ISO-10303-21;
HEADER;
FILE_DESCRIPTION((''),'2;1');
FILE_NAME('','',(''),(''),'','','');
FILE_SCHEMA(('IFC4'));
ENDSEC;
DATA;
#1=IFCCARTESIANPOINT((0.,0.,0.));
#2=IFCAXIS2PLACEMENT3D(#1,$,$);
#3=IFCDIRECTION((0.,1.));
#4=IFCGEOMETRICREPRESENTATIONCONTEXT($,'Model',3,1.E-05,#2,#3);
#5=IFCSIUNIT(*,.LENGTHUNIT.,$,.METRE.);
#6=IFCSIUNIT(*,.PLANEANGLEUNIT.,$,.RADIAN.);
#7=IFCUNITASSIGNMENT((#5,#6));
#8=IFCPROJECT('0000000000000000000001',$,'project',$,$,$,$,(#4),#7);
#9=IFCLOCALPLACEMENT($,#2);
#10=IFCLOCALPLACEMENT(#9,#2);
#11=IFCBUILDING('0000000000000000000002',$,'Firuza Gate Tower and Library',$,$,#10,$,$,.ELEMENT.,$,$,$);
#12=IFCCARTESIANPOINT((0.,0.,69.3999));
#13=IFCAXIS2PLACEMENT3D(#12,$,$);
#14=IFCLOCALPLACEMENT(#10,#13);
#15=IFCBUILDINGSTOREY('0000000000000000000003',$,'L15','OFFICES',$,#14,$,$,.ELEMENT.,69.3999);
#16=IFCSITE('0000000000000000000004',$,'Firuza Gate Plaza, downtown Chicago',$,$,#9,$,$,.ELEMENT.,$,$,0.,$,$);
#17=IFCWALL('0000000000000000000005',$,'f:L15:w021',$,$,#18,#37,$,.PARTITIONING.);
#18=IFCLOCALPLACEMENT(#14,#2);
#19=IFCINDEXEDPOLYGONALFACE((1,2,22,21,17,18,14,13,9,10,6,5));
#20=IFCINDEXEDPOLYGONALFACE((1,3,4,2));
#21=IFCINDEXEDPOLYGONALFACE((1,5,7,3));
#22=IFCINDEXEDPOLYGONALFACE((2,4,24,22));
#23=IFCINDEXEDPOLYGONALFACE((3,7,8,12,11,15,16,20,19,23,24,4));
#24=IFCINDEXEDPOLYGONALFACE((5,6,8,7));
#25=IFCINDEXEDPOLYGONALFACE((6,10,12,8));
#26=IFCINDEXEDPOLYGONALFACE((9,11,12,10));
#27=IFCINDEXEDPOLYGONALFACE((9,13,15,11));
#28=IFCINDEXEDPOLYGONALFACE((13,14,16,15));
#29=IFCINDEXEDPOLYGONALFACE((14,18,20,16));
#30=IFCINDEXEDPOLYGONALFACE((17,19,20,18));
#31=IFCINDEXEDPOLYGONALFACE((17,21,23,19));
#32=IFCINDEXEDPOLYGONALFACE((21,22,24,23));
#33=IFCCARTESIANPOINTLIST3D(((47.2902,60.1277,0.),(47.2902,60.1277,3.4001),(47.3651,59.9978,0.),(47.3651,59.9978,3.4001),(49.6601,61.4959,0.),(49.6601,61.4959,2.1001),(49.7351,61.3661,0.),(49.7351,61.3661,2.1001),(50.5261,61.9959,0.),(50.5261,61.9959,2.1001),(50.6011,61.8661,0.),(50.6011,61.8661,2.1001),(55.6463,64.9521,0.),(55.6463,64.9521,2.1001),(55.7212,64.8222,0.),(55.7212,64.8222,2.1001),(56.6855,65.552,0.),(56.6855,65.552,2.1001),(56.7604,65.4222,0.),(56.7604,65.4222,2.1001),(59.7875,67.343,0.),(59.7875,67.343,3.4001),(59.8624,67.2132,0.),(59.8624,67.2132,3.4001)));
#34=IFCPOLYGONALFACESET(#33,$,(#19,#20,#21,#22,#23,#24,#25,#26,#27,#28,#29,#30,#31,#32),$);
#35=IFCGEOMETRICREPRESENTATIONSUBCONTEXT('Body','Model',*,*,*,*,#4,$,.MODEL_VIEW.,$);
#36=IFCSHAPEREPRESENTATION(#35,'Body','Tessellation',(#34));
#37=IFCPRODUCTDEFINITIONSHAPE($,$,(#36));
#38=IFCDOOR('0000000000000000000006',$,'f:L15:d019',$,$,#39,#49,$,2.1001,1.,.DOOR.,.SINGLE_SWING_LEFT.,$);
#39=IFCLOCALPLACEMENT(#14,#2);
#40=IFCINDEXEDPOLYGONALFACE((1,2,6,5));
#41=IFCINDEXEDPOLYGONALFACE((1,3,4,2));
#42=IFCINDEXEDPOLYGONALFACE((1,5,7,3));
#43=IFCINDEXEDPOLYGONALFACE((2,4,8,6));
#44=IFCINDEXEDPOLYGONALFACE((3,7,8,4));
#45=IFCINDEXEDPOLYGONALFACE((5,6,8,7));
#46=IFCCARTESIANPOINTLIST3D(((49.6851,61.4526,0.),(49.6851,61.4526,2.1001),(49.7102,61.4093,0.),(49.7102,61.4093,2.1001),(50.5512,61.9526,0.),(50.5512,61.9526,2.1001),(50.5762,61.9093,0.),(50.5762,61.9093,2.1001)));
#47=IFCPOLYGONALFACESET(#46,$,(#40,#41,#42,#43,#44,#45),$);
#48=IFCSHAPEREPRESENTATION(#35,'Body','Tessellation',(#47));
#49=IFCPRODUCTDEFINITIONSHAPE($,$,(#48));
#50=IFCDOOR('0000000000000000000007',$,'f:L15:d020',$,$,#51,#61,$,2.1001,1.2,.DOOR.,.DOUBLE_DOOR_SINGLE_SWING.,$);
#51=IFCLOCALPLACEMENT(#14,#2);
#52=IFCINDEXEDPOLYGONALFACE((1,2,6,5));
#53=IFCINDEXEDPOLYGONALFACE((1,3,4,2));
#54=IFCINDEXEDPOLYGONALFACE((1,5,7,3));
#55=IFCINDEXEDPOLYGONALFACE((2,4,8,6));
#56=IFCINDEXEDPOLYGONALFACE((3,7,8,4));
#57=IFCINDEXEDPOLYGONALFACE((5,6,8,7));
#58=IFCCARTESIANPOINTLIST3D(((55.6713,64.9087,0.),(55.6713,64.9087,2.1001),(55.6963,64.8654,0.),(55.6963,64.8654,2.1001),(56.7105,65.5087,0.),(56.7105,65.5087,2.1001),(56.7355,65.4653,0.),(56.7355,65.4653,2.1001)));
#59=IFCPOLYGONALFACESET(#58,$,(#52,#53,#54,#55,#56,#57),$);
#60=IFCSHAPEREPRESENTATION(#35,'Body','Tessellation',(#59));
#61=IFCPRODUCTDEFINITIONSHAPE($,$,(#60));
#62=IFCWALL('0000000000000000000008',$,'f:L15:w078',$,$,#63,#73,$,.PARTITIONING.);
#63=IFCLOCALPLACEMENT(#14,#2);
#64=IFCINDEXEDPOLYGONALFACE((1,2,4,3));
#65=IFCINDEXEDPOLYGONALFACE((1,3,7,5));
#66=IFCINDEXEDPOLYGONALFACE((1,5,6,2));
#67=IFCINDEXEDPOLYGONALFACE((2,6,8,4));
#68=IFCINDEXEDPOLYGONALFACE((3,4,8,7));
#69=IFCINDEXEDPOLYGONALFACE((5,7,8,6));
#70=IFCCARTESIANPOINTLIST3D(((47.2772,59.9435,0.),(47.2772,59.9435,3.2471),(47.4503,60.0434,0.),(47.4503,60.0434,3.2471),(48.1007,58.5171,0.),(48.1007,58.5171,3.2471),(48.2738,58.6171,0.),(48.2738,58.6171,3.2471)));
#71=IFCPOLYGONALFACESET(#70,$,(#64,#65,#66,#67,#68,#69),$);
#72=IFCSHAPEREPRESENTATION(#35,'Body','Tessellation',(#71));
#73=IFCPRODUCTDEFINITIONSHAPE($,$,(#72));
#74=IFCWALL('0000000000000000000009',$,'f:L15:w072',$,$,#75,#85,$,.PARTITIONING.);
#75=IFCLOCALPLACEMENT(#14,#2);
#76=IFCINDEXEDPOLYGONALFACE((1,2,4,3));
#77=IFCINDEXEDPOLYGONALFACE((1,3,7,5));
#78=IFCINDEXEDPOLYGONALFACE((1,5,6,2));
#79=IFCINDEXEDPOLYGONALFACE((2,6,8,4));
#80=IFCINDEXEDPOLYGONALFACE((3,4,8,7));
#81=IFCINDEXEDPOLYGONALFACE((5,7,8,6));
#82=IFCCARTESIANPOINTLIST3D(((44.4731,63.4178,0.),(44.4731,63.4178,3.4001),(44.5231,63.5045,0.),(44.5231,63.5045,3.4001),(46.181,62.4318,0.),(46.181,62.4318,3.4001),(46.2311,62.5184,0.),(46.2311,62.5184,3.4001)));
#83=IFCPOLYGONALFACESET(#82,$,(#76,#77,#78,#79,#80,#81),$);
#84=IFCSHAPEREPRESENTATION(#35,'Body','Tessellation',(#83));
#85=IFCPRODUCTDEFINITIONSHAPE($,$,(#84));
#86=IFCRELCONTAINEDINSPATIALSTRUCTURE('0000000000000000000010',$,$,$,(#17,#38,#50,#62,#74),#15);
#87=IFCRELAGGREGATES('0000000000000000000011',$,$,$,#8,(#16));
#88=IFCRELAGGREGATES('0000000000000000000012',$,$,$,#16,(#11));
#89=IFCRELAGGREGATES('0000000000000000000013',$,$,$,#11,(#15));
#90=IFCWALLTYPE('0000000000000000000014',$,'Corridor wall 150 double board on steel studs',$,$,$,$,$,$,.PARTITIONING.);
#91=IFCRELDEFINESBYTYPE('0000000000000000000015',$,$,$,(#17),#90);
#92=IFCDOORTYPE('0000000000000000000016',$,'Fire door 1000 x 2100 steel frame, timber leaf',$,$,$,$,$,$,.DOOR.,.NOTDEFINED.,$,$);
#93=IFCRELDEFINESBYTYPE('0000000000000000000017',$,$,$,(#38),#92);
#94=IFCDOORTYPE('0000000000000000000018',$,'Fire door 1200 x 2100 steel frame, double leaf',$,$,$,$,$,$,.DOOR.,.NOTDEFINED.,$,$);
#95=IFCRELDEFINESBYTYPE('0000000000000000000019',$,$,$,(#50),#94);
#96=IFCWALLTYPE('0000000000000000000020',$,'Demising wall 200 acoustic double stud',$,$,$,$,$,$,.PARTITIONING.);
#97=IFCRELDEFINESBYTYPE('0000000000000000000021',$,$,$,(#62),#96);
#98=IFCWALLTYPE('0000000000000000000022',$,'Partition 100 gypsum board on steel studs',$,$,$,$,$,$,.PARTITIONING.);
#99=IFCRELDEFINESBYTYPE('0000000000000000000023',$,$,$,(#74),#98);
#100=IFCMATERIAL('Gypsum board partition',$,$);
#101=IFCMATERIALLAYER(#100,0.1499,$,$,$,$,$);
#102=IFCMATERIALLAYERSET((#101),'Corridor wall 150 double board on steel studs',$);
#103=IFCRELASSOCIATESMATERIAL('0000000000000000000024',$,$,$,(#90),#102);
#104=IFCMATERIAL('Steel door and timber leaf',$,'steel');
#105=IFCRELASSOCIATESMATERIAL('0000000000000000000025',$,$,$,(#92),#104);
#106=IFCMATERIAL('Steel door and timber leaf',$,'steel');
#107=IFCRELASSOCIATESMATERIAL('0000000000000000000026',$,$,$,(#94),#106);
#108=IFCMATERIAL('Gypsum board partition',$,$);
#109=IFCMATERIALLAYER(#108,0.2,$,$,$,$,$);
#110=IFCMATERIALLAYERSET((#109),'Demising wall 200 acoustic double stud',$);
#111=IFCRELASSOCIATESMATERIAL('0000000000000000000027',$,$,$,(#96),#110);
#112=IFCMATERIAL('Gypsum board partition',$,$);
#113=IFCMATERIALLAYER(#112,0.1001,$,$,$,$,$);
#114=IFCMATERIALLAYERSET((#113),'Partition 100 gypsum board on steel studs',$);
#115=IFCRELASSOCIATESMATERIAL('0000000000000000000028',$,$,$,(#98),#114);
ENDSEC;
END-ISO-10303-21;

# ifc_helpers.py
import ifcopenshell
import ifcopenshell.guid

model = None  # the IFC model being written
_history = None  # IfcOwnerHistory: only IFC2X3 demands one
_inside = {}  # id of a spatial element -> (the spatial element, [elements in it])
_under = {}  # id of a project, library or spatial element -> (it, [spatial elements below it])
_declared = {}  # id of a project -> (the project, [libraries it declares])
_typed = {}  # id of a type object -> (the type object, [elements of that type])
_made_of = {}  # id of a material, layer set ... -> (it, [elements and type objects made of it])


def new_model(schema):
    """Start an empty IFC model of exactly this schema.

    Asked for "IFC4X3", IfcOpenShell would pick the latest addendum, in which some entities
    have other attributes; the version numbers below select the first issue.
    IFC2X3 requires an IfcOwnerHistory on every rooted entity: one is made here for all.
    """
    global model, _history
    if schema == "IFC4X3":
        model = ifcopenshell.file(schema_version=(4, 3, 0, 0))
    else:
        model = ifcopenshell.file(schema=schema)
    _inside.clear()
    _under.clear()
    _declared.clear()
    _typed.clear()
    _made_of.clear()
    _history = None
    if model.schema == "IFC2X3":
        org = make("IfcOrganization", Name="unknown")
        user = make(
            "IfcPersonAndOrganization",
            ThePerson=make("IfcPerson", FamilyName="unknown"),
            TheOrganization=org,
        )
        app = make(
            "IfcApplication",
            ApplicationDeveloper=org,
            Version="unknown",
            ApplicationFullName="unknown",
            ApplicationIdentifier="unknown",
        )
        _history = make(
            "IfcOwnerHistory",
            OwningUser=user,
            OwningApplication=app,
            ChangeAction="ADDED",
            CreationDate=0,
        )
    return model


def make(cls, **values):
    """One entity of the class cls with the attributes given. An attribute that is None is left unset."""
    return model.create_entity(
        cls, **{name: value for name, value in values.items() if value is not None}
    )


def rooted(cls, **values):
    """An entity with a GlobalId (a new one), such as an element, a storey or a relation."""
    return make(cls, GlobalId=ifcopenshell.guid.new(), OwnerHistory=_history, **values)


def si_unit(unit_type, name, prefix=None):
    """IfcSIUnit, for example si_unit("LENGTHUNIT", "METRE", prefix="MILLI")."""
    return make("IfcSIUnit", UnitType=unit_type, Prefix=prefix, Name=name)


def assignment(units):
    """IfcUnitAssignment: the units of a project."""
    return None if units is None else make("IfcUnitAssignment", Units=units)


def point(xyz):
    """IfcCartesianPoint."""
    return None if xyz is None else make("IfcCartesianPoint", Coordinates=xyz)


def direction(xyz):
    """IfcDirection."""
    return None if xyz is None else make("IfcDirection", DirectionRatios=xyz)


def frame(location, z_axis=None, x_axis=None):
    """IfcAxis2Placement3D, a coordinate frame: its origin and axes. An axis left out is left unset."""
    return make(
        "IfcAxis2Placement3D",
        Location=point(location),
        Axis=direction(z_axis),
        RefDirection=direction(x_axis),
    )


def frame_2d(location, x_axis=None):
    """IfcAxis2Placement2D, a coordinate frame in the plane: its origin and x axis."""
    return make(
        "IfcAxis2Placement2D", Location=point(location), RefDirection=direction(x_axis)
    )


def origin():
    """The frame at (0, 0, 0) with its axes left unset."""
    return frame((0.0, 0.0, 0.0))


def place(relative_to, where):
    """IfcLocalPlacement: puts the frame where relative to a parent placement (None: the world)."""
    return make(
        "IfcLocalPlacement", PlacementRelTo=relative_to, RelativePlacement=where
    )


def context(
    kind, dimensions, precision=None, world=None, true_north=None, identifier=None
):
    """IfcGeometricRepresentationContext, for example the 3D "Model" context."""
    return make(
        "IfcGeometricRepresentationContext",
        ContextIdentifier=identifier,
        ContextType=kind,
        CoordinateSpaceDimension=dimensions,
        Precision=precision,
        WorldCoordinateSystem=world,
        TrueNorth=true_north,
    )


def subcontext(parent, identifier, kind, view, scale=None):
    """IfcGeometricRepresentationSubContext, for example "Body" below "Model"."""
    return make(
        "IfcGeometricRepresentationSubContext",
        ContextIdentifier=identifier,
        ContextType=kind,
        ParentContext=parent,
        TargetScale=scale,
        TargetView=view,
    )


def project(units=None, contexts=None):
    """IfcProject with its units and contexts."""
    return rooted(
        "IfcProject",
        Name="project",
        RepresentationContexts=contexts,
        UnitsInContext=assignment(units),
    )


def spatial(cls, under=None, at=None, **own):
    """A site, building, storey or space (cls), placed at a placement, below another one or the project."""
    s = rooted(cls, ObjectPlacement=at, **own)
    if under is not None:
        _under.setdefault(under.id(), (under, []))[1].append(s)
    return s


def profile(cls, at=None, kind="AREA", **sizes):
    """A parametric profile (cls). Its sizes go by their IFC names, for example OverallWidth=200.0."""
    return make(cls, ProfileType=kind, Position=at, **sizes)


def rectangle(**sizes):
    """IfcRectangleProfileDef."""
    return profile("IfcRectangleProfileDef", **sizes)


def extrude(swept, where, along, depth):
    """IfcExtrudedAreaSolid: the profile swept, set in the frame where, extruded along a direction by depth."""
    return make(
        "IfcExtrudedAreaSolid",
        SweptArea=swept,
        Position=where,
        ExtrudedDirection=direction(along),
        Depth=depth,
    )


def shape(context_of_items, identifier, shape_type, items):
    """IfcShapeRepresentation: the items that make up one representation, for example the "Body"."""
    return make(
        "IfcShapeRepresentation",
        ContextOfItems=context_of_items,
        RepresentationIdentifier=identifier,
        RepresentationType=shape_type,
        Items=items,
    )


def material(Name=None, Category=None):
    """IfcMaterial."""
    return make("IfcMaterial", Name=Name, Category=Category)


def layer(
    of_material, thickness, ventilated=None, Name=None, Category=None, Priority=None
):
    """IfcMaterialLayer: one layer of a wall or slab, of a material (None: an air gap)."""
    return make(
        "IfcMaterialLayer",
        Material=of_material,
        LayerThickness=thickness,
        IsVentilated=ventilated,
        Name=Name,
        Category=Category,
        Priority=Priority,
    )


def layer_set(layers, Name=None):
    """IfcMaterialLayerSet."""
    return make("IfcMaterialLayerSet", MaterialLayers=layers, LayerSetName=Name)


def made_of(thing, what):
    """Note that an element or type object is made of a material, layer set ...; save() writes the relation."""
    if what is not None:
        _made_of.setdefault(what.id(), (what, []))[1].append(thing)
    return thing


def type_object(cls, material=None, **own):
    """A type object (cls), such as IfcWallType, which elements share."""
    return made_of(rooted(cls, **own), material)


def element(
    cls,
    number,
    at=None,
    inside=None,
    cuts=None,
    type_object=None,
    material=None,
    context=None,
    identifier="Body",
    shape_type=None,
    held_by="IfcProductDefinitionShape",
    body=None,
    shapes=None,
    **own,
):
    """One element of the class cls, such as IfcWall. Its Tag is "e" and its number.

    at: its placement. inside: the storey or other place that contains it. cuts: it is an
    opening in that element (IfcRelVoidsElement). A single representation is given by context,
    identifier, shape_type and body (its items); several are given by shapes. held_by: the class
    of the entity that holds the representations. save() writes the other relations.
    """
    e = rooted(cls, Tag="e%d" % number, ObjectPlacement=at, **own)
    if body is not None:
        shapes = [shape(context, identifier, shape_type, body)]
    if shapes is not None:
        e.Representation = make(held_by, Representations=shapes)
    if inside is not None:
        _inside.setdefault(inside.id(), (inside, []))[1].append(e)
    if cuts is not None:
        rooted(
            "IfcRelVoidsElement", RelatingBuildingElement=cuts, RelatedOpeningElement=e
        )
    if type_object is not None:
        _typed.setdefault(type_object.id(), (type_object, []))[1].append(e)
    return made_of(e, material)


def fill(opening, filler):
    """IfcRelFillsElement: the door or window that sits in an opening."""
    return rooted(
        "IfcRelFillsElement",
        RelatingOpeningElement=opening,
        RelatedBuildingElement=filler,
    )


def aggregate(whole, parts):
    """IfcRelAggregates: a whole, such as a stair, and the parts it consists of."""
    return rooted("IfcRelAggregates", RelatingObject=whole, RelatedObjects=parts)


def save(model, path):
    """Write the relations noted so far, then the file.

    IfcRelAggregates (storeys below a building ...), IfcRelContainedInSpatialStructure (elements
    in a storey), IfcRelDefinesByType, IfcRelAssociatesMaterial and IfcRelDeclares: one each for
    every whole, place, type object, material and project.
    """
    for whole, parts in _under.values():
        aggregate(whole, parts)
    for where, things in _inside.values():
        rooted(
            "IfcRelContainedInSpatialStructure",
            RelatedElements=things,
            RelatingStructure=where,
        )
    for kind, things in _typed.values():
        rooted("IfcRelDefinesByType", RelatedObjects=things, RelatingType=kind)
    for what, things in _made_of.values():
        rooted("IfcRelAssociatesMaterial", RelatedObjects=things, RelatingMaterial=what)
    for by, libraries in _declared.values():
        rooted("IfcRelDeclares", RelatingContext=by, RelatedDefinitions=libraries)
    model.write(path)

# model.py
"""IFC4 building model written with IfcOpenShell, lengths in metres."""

from ifc_helpers import new_model, si_unit, direction, frame, frame_2d, origin, place, context, subcontext, project, spatial, rectangle, extrude, material, layer, layer_set, type_object, element, fill, save


model = new_model("IFC4")

# Units and contexts
model_context = context("Model", 3, precision=1e-05, world=origin(), true_north=direction((0.0, 1.0)))
body_context = subcontext(model_context, "Body", "Model", "MODEL_VIEW")
ifc_project = project(units=[si_unit("LENGTHUNIT", "METRE"), si_unit("PLANEANGLEUNIT", "RADIAN")], contexts=[model_context])

# Site, building, storey
site_placement = place(None, origin())
site = spatial("IfcSite", under=ifc_project, at=site_placement, Name="Firuza Gate Plaza, downtown Chicago", CompositionType="ELEMENT", RefElevation=0.0)
building_placement = place(site_placement, origin())
building = spatial("IfcBuilding", under=site, at=building_placement, Name="Firuza Gate Tower and Library", CompositionType="ELEMENT")
storey_placement = place(building_placement, frame((0.0, 0.0, 69.3999)))
storey = spatial("IfcBuildingStorey", under=building, at=storey_placement, Name="L15", Description="OFFICES", CompositionType="ELEMENT", Elevation=69.3999)

# Wall, openings, doors
ifc_material_1 = material(Name="Gypsum board partition")
ifc_layer_1 = layer(ifc_material_1, 0.1499)
ifc_layer_set_1 = layer_set([ifc_layer_1], Name="Corridor wall 150 double board on steel studs")
wall_type_1 = type_object("IfcWallType", Name="Corridor wall 150 double board on steel studs", PredefinedType="PARTITIONING", material=ifc_layer_set_1)
wall_1_placement = place(storey_placement, frame((47.3276, 60.0627, 0.0), z_axis=(0.0, 0.0, 1.0), x_axis=(0.866025, 0.5, 0.0)))
wall_1 = element("IfcWall", 1, at=wall_1_placement, inside=storey, type_object=wall_type_1, Name="f:L15:w021", PredefinedType="PARTITIONING", context=body_context, shape_type="SweptSolid", body=[
    extrude(rectangle(XDim=14.4307, YDim=0.1499, at=frame_2d((7.2153, 0.0))), origin(), (0.0, 0.0, 1.0), 3.4001),
])
opening_1_placement = place(wall_1_placement, frame((2.7366, 0.0, 0.0)))
opening_1 = element("IfcOpeningElement", 2, at=opening_1_placement, cuts=wall_1, PredefinedType="OPENING", context=body_context, shape_type="SweptSolid", body=[
    extrude(rectangle(XDim=1.0, YDim=2.1001, at=frame_2d((0.5, 1.05))), frame((0.0, 0.085, 0.0), z_axis=(0.0, -1.0, 0.0), x_axis=(1.0, 0.0, 0.0)), (0.0, 0.0, 1.0), 0.1699),
])
opening_2_placement = place(wall_1_placement, frame((9.6487, 0.0, 0.0)))
opening_2 = element("IfcOpeningElement", 3, at=opening_2_placement, cuts=wall_1, PredefinedType="OPENING", context=body_context, shape_type="SweptSolid", body=[
    extrude(rectangle(XDim=1.2, YDim=2.1001, at=frame_2d((0.6001, 1.05))), frame((0.0, 0.085, 0.0), z_axis=(0.0, -1.0, 0.0), x_axis=(1.0, 0.0, 0.0)), (0.0, 0.0, 1.0), 0.1699),
])
ifc_material_2 = material(Name="Steel door and timber leaf", Category="steel")
door_type_1 = type_object("IfcDoorType", Name="Fire door 1000 x 2100 steel frame, timber leaf", OperationType="NOTDEFINED", PredefinedType="DOOR", material=ifc_material_2)
door_1_placement = place(opening_1_placement, origin())
door_1 = element("IfcDoor", 4, at=door_1_placement, inside=storey, type_object=door_type_1, Name="f:L15:d019", OperationType="SINGLE_SWING_LEFT", OverallHeight=2.1001, OverallWidth=1.0, PredefinedType="DOOR", context=body_context, shape_type="SweptSolid", body=[
    extrude(rectangle(XDim=1.0, YDim=2.1001, at=frame_2d((0.5, 1.05))), frame((0.0, 0.0249, 0.0), z_axis=(0.0, -1.0, 0.0), x_axis=(1.0, 0.0, 0.0)), (0.0, 0.0, 1.0), 0.05),
])
fill(opening_1, door_1)
ifc_material_3 = material(Name="Steel door and timber leaf", Category="steel")
door_type_2 = type_object("IfcDoorType", Name="Fire door 1200 x 2100 steel frame, double leaf", OperationType="NOTDEFINED", PredefinedType="DOOR", material=ifc_material_3)
door_2_placement = place(opening_2_placement, origin())
door_2 = element("IfcDoor", 5, at=door_2_placement, inside=storey, type_object=door_type_2, Name="f:L15:d020", OperationType="DOUBLE_DOOR_SINGLE_SWING", OverallHeight=2.1001, OverallWidth=1.2, PredefinedType="DOOR", context=body_context, shape_type="SweptSolid", body=[
    extrude(rectangle(XDim=1.2, YDim=2.1001, at=frame_2d((0.6001, 1.05))), frame((0.0, 0.0249, 0.0), z_axis=(0.0, -1.0, 0.0), x_axis=(1.0, 0.0, 0.0)), (0.0, 0.0, 1.0), 0.05),
])
fill(opening_2, door_2)

# Walls
ifc_material_4 = material(Name="Gypsum board partition")
ifc_layer_2 = layer(ifc_material_4, 0.2)
ifc_layer_set_2 = layer_set([ifc_layer_2], Name="Demising wall 200 acoustic double stud")
wall_type_2 = type_object("IfcWallType", Name="Demising wall 200 acoustic double stud", PredefinedType="PARTITIONING", material=ifc_layer_set_2)
wall_2_placement = place(storey_placement, frame((48.1873, 58.5671, 0.0), z_axis=(0.0, 0.0, 1.0), x_axis=(-0.500013, 0.866018, 0.0)))
element("IfcWall", 6, at=wall_2_placement, inside=storey, type_object=wall_type_2, Name="f:L15:w078", PredefinedType="PARTITIONING", context=body_context, shape_type="SweptSolid", body=[
    extrude(rectangle(XDim=1.647, YDim=0.2, at=frame_2d((0.8235, 0.0))), origin(), (0.0, 0.0, 1.0), 3.2471),
])
ifc_material_5 = material(Name="Gypsum board partition")
ifc_layer_3 = layer(ifc_material_5, 0.1001)
ifc_layer_set_3 = layer_set([ifc_layer_3], Name="Partition 100 gypsum board on steel studs")
wall_type_3 = type_object("IfcWallType", Name="Partition 100 gypsum board on steel studs", PredefinedType="PARTITIONING", material=ifc_layer_set_3)
wall_3_placement = place(storey_placement, frame((46.2061, 62.4751, 0.0), z_axis=(0.0, 0.0, 1.0), x_axis=(-0.866033, 0.499987, 0.0)))
element("IfcWall", 7, at=wall_3_placement, inside=storey, type_object=wall_type_3, Name="f:L15:w072", PredefinedType="PARTITIONING", context=body_context, shape_type="SweptSolid", body=[
    extrude(rectangle(XDim=1.9722, YDim=0.1001, at=frame_2d((0.9861, 0.0))), origin(), (0.0, 0.0, 1.0), 3.4001),
])

save(model, "model.ifc")
